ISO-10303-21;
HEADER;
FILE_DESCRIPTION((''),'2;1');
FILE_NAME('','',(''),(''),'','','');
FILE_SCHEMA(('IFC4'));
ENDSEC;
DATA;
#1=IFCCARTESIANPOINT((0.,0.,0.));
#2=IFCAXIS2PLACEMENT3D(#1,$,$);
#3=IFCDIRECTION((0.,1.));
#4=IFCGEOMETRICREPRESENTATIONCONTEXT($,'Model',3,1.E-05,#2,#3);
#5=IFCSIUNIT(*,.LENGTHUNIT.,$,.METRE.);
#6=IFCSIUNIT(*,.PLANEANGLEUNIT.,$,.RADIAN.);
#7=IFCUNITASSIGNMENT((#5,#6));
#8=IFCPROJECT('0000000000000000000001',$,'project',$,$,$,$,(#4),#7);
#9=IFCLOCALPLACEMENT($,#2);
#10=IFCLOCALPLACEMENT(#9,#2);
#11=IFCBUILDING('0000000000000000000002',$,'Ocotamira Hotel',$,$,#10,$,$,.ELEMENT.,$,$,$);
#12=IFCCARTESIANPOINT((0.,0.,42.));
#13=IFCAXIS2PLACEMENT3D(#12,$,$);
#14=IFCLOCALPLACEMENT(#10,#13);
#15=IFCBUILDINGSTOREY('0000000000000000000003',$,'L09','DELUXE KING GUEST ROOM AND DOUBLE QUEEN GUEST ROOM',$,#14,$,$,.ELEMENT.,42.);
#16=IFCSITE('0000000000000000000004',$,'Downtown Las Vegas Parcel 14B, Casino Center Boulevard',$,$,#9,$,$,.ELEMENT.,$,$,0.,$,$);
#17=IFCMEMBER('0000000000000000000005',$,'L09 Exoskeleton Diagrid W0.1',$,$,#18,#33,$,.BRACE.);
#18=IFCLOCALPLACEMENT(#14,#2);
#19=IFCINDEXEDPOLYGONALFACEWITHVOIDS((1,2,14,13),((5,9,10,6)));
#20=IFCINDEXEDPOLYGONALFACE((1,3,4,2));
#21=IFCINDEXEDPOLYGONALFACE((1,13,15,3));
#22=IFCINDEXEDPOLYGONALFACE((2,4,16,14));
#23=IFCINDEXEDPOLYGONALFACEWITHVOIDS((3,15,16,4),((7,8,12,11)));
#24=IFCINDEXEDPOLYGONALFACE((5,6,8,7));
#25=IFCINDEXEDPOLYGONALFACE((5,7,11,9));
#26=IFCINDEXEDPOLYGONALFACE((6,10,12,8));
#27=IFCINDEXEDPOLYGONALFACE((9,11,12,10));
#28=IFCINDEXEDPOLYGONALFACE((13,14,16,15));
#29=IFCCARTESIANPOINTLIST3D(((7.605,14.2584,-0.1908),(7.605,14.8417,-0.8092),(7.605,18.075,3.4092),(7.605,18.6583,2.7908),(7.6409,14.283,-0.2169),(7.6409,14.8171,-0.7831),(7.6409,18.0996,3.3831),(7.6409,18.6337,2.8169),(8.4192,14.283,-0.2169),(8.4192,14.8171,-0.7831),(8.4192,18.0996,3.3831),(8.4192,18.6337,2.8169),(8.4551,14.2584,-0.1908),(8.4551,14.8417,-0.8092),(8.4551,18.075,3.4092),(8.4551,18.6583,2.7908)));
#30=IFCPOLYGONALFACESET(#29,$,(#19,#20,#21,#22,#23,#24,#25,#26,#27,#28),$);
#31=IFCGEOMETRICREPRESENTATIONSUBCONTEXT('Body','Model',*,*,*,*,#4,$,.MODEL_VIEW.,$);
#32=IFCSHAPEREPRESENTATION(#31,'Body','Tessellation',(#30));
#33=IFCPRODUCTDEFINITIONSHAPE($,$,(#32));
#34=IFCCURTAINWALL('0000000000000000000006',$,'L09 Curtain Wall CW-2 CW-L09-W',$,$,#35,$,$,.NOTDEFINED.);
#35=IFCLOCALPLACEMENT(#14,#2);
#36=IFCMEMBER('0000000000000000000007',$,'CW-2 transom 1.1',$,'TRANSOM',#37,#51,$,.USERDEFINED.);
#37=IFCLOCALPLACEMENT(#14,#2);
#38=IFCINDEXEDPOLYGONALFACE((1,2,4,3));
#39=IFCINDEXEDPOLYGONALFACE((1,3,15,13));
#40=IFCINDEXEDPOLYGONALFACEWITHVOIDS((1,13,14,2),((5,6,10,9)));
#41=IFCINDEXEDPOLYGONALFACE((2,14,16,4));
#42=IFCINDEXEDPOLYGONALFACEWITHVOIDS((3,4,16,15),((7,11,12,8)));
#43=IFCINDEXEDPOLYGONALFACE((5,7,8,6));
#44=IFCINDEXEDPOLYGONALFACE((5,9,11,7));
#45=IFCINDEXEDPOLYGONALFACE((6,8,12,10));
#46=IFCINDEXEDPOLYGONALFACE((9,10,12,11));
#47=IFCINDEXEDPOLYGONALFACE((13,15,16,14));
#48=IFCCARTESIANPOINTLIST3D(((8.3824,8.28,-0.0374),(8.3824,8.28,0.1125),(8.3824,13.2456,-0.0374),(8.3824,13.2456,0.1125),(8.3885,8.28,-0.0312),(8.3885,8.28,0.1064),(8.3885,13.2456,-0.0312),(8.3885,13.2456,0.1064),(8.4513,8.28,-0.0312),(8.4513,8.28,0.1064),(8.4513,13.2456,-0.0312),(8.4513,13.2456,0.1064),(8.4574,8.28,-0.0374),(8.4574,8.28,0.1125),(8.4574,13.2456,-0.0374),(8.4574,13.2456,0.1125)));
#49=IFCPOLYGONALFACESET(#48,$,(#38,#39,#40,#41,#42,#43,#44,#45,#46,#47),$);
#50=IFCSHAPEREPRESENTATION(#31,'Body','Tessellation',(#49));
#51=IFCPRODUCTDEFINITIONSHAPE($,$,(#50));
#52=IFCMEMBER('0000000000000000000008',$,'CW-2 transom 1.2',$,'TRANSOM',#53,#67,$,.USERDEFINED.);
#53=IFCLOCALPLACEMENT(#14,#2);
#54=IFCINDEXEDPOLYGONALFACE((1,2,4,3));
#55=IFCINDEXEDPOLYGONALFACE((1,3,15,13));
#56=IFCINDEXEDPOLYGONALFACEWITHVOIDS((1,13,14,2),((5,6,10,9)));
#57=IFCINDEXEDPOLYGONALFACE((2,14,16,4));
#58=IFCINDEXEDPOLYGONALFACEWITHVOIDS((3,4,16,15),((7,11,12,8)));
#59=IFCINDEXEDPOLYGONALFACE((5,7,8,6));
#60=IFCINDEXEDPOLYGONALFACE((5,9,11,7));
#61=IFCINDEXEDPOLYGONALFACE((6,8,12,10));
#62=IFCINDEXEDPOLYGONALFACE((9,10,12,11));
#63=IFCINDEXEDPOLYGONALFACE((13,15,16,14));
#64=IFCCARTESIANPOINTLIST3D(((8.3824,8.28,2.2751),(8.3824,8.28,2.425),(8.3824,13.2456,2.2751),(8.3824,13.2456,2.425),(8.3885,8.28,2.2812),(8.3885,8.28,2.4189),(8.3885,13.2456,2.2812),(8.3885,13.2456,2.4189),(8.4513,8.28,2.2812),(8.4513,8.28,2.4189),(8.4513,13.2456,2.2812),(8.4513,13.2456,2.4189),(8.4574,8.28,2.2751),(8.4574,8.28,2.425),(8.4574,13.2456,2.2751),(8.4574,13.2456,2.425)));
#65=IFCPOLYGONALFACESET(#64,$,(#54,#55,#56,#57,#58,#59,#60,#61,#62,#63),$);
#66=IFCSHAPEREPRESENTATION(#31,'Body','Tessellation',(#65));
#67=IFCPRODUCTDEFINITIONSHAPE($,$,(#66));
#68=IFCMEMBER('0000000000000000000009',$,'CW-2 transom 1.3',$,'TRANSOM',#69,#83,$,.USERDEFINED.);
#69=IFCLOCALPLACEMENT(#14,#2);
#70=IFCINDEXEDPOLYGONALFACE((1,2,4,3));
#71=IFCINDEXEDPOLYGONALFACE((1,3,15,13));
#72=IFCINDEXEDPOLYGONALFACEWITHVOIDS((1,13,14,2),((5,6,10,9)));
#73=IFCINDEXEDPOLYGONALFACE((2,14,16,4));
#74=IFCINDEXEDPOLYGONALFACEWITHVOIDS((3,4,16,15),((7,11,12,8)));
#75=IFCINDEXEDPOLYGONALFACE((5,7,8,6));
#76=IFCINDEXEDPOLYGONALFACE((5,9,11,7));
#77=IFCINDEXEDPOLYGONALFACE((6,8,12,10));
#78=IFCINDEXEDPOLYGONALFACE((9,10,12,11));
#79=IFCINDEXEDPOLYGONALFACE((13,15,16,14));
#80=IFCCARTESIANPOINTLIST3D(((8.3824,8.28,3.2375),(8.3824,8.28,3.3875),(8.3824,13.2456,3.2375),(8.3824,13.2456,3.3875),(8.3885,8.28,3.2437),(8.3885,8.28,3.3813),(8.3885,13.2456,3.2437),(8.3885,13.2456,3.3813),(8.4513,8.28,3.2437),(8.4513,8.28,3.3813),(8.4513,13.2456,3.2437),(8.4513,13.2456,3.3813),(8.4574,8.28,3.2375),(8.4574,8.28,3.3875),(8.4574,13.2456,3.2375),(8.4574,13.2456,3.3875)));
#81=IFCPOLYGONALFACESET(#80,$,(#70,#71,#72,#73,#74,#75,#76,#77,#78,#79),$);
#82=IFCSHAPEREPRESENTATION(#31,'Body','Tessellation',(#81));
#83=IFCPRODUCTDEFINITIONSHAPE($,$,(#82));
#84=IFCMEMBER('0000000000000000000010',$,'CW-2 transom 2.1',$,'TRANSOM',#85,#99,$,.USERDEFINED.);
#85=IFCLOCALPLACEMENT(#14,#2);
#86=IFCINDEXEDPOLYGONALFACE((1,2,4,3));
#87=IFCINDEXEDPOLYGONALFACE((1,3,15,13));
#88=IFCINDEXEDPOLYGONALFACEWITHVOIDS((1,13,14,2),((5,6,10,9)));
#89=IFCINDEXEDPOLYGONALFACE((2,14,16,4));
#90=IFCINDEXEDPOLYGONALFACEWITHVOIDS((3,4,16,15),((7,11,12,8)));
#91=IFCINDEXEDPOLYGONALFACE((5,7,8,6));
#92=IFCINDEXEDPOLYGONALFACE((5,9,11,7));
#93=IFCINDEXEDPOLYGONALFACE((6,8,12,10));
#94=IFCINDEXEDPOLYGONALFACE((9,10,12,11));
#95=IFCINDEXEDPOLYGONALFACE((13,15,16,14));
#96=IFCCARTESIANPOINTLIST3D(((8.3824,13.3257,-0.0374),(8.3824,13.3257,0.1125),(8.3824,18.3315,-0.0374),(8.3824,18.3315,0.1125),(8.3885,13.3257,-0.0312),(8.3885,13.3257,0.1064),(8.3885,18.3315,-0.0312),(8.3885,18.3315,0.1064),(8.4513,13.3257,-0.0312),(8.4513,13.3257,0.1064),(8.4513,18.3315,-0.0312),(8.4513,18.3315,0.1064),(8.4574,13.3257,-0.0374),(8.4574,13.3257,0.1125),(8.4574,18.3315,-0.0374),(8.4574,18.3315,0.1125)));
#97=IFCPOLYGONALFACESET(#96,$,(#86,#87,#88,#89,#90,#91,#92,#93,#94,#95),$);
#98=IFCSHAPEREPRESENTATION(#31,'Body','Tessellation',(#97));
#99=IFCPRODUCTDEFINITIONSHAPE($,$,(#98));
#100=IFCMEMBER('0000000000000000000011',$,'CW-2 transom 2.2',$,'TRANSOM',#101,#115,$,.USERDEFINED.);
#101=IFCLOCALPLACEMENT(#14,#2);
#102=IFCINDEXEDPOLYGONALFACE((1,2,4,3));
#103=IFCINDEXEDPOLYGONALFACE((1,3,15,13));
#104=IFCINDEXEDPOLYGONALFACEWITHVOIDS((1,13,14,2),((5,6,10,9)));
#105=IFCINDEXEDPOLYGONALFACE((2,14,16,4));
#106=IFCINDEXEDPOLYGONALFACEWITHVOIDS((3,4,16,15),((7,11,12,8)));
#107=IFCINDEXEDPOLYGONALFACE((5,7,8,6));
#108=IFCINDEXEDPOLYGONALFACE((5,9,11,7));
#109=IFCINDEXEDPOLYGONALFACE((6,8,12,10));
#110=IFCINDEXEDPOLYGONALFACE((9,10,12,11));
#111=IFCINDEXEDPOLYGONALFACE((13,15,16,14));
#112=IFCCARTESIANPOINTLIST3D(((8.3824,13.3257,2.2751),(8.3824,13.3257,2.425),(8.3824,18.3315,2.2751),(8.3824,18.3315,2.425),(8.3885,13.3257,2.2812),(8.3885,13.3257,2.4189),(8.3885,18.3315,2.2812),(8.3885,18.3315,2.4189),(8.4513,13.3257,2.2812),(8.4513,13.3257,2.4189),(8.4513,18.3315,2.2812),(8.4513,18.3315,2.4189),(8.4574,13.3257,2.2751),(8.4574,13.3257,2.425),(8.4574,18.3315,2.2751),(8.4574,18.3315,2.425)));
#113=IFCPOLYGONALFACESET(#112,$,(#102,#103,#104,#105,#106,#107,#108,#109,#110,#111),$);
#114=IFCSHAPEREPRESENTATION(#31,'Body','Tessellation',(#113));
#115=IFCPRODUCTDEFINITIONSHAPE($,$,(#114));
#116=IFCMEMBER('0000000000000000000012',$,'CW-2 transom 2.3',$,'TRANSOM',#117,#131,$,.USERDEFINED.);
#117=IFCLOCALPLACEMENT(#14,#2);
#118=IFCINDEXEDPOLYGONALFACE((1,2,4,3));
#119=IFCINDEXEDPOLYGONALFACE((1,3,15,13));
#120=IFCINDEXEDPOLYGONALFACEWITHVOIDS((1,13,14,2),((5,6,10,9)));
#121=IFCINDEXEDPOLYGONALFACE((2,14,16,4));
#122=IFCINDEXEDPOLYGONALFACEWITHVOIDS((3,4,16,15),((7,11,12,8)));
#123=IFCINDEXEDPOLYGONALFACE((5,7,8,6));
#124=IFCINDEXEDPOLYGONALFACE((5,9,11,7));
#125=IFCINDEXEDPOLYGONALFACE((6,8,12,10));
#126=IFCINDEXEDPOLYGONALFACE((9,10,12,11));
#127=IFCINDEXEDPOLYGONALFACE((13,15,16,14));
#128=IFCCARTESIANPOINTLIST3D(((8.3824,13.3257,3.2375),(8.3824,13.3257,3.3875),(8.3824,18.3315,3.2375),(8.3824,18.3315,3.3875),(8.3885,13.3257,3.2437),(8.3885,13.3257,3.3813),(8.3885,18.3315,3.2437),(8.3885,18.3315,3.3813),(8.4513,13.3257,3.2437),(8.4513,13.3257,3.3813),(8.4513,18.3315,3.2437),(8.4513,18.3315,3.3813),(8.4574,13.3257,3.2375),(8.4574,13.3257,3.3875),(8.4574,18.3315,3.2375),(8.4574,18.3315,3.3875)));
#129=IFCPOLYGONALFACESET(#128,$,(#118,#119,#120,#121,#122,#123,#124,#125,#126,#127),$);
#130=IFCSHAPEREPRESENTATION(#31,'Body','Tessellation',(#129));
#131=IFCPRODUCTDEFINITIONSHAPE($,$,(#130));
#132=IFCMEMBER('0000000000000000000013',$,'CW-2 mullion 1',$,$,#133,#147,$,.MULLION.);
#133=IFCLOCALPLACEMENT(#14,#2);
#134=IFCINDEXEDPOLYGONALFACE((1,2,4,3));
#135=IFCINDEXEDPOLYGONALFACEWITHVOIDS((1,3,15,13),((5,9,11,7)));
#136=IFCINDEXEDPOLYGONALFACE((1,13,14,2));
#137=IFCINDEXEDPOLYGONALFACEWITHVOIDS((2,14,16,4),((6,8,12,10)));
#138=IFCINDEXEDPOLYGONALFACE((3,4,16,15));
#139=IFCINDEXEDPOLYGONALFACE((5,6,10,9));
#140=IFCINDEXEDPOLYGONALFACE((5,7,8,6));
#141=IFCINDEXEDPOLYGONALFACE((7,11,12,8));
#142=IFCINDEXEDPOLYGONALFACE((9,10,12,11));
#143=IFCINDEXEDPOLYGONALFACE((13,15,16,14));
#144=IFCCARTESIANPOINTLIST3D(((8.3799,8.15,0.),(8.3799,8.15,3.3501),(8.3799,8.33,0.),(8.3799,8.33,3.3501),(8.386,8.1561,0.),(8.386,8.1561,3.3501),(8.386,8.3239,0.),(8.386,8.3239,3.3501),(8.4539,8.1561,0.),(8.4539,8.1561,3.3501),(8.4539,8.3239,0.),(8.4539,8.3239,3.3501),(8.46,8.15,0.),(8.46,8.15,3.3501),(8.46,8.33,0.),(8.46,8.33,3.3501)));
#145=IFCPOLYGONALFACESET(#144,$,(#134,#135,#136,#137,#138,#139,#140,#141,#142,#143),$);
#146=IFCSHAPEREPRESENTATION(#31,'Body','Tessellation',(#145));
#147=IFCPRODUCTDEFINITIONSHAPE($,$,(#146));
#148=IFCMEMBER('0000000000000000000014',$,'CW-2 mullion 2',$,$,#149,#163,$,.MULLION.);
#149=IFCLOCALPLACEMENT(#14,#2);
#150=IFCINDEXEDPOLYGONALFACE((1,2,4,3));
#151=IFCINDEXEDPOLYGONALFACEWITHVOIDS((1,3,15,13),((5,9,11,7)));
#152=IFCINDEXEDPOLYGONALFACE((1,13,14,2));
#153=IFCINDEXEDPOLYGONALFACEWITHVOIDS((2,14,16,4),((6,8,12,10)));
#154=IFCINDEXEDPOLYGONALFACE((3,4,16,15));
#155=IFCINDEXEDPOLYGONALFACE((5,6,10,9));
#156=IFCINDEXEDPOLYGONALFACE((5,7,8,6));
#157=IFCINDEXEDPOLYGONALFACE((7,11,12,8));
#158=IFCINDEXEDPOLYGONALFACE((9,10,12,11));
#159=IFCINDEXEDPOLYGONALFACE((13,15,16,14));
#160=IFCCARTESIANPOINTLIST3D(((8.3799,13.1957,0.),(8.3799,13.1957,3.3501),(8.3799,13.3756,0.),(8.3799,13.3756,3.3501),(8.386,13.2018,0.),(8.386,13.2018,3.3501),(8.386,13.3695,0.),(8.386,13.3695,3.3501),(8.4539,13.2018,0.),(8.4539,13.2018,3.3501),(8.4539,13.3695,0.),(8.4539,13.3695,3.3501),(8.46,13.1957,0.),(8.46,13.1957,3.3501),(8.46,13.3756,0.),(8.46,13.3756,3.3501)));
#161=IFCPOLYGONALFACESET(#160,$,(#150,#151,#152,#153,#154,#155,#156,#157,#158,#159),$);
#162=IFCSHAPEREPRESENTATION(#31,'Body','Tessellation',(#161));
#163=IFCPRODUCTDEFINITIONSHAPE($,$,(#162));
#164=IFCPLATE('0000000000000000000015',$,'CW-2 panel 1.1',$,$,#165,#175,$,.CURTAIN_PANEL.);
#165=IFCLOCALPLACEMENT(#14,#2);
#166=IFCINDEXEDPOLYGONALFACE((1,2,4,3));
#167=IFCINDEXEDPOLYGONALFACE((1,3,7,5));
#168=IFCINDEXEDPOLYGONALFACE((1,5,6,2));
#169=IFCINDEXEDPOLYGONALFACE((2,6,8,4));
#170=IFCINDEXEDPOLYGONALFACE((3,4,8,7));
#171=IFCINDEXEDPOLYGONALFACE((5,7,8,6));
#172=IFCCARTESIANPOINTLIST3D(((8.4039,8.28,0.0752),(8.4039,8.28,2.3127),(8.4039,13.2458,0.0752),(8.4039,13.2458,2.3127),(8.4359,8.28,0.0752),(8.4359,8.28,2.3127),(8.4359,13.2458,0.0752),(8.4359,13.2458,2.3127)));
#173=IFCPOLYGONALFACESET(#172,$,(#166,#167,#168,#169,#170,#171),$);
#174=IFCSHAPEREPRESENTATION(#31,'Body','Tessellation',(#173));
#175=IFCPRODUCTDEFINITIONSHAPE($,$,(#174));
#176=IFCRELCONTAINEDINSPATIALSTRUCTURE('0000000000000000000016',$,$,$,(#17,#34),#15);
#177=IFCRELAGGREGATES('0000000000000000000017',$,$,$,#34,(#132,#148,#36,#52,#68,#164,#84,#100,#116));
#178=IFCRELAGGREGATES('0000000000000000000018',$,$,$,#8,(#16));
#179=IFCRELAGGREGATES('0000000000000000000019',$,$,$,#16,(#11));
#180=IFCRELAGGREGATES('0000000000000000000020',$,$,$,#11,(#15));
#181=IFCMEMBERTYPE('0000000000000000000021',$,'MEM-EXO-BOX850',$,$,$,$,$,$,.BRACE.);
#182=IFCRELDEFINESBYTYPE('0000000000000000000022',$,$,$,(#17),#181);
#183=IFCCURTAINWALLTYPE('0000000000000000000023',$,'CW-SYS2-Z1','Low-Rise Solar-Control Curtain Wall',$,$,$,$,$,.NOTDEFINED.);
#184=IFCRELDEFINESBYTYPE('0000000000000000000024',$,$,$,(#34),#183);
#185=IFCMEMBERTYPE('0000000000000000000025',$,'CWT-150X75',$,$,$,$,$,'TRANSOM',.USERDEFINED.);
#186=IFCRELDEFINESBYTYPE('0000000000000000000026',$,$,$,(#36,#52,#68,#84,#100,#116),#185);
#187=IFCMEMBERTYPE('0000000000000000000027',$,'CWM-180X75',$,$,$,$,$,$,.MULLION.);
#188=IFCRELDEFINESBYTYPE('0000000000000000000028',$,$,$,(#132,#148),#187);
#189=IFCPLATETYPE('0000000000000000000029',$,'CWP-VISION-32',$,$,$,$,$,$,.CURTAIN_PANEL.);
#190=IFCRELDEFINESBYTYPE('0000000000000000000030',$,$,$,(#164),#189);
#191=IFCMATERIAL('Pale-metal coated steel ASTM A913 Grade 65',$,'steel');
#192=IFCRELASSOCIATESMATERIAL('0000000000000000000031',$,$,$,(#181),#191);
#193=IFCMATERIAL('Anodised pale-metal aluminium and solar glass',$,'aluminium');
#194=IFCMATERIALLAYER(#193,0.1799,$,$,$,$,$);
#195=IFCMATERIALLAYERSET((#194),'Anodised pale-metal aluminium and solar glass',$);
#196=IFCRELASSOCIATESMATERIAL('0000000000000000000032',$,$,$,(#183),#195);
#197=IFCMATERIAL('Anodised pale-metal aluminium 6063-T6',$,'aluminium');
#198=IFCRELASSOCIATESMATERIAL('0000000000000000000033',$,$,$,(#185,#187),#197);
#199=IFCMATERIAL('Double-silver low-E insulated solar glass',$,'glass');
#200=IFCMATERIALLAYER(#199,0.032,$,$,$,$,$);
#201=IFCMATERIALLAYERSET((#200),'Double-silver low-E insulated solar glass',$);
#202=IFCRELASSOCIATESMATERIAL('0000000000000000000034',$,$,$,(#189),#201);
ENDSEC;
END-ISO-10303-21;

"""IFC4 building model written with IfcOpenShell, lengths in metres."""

from ifc_helpers import new_model, si_unit, direction, frame, origin, origin_2d, place, context, subcontext, project, spatial, rectangle, hollow_rectangle, extrude, source, transform, mapped, material, layer, layer_set, material_profile, profile_set, type_object, element, aggregate, save


model = new_model("IFC4")

# Units and contexts
model_context = context("Model", 3, precision=1e-05, world=origin(), true_north=direction((0.0, 1.0)))
body_context = subcontext(model_context, "Body", "Model", "MODEL_VIEW")
ifc_project = project(units=[si_unit("LENGTHUNIT", "METRE"), si_unit("PLANEANGLEUNIT", "RADIAN")], contexts=[model_context])

# Site, building, storey
site_placement = place(None, origin())
site = spatial("IfcSite", under=ifc_project, at=site_placement, Name="Downtown Las Vegas Parcel 14B, Casino Center Boulevard", CompositionType="ELEMENT", RefElevation=0.0)
building_placement = place(site_placement, origin())
building = spatial("IfcBuilding", under=site, at=building_placement, Name="Ocotamira Hotel", CompositionType="ELEMENT")
storey_placement = place(building_placement, frame((0.0, 0.0, 42.0)))
storey = spatial("IfcBuildingStorey", under=building, at=storey_placement, Name="L09", Description="DELUXE KING GUEST ROOM AND DOUBLE QUEEN GUEST ROOM", CompositionType="ELEMENT", Elevation=42.0)

# Member
ifc_material_1 = material(Name="Pale-metal coated steel ASTM A913 Grade 65", Category="steel")
ifc_material_profile_1 = material_profile(ifc_material_1, hollow_rectangle(XDim=0.8501, YDim=0.8501, WallThickness=0.0359, at=origin_2d()), Name="BOX850X850X36")
ifc_profile_set_1 = profile_set([ifc_material_profile_1], Name="Pale-metal coated steel ASTM A913 Grade 65")
member_type_1 = type_object("IfcMemberType", Name="MEM-EXO-BOX850", PredefinedType="BRACE", material=ifc_profile_set_1)
shared_shape_1 = source(origin(), body_context, "Body", "SweptSolid", [
    extrude(hollow_rectangle(XDim=0.8501, YDim=0.8501, WallThickness=0.0359, at=origin_2d()), origin(), (0.0, 0.0, 1.0), 5.2466),
])
member_1_placement = place(storey_placement, frame((8.03, 14.55, -0.5), z_axis=(0.0, 0.727443, 0.686168), x_axis=(-1.0, 0.0, 0.0)))
element("IfcMember", 1, at=member_1_placement, inside=storey, type_object=member_type_1, Name="L09 Exoskeleton Diagrid W0.1", PredefinedType="BRACE", context=body_context, shape_type="MappedRepresentation", body=[
    mapped(shared_shape_1, transform((0.0, 0.0, 0.0), scale=1.0)),
])

# Curtain wall, members, plate
ifc_material_2 = material(Name="Anodised pale-metal aluminium and solar glass", Category="aluminium")
ifc_layer_1 = layer(ifc_material_2, 0.1799)
ifc_layer_set_1 = layer_set([ifc_layer_1], Name="Anodised pale-metal aluminium and solar glass")
curtain_wall_type = type_object("IfcCurtainWallType", Name="CW-SYS2-Z1", Description="Low-Rise Solar-Control Curtain Wall", PredefinedType="NOTDEFINED", material=ifc_layer_set_1)
curtain_wall_placement = place(storey_placement, origin())
curtain_wall = element("IfcCurtainWall", 2, at=curtain_wall_placement, inside=storey, type_object=curtain_wall_type, Name="L09 Curtain Wall CW-2 CW-L09-W", PredefinedType="NOTDEFINED")
ifc_material_3 = material(Name="Anodised pale-metal aluminium 6063-T6", Category="aluminium")
ifc_material_profile_2 = material_profile(ifc_material_3, hollow_rectangle(XDim=0.075, YDim=0.1499, WallThickness=0.0061, at=origin_2d()), Name="HSS150X75X6")
ifc_profile_set_2 = profile_set([ifc_material_profile_2], Name="Anodised pale-metal aluminium 6063-T6")
member_type_2 = type_object("IfcMemberType", Name="CWT-150X75", ElementType="TRANSOM", PredefinedType="USERDEFINED", material=ifc_profile_set_2)
shared_shape_2 = source(origin(), body_context, "Body", "SweptSolid", [
    extrude(hollow_rectangle(XDim=0.075, YDim=0.1499, WallThickness=0.0061, at=origin_2d()), origin(), (0.0, 0.0, 1.0), 4.9656),
])
member_2_placement = place(storey_placement, frame((8.4199, 8.28, 0.0376), z_axis=(0.0, 1.0, 0.0), x_axis=(-1.0, 0.0, 0.0)))
member_2 = element("IfcMember", 3, at=member_2_placement, type_object=member_type_2, Name="CW-2 transom 1.1", ObjectType="TRANSOM", PredefinedType="USERDEFINED", context=body_context, shape_type="MappedRepresentation", body=[
    mapped(shared_shape_2, transform((0.0, 0.0, 0.0), scale=1.0)),
])
member_3_placement = place(storey_placement, frame((8.4199, 8.28, 2.3501), z_axis=(0.0, 1.0, 0.0), x_axis=(-1.0, 0.0, 0.0)))
member_3 = element("IfcMember", 4, at=member_3_placement, type_object=member_type_2, Name="CW-2 transom 1.2", ObjectType="TRANSOM", PredefinedType="USERDEFINED", context=body_context, shape_type="MappedRepresentation", body=[
    mapped(shared_shape_2, transform((0.0, 0.0, 0.0), scale=1.0)),
])
member_4_placement = place(storey_placement, frame((8.4199, 8.28, 3.3125), z_axis=(0.0, 1.0, 0.0), x_axis=(-1.0, 0.0, 0.0)))
member_4 = element("IfcMember", 5, at=member_4_placement, type_object=member_type_2, Name="CW-2 transom 1.3", ObjectType="TRANSOM", PredefinedType="USERDEFINED", context=body_context, shape_type="MappedRepresentation", body=[
    mapped(shared_shape_2, transform((0.0, 0.0, 0.0), scale=1.0)),
])
shared_shape_3 = source(origin(), body_context, "Body", "SweptSolid", [
    extrude(hollow_rectangle(XDim=0.075, YDim=0.1499, WallThickness=0.0061, at=origin_2d()), origin(), (0.0, 0.0, 1.0), 5.0059),
])
member_5_placement = place(storey_placement, frame((8.4199, 13.3257, 0.0376), z_axis=(0.0, 1.0, 0.0), x_axis=(-1.0, 0.0, 0.0)))
member_5 = element("IfcMember", 6, at=member_5_placement, type_object=member_type_2, Name="CW-2 transom 2.1", ObjectType="TRANSOM", PredefinedType="USERDEFINED", context=body_context, shape_type="MappedRepresentation", body=[
    mapped(shared_shape_3, transform((0.0, 0.0, 0.0), scale=1.0)),
])
member_6_placement = place(storey_placement, frame((8.4199, 13.3257, 2.3501), z_axis=(0.0, 1.0, 0.0), x_axis=(-1.0, 0.0, 0.0)))
member_6 = element("IfcMember", 7, at=member_6_placement, type_object=member_type_2, Name="CW-2 transom 2.2", ObjectType="TRANSOM", PredefinedType="USERDEFINED", context=body_context, shape_type="MappedRepresentation", body=[
    mapped(shared_shape_3, transform((0.0, 0.0, 0.0), scale=1.0)),
])
member_7_placement = place(storey_placement, frame((8.4199, 13.3257, 3.3125), z_axis=(0.0, 1.0, 0.0), x_axis=(-1.0, 0.0, 0.0)))
member_7 = element("IfcMember", 8, at=member_7_placement, type_object=member_type_2, Name="CW-2 transom 2.3", ObjectType="TRANSOM", PredefinedType="USERDEFINED", context=body_context, shape_type="MappedRepresentation", body=[
    mapped(shared_shape_3, transform((0.0, 0.0, 0.0), scale=1.0)),
])
ifc_material_profile_3 = material_profile(ifc_material_3, hollow_rectangle(XDim=0.0801, YDim=0.1799, WallThickness=0.0061, at=origin_2d()), Name="HSS180X80X6")
ifc_profile_set_3 = profile_set([ifc_material_profile_3], Name="Anodised pale-metal aluminium 6063-T6")
member_type_3 = type_object("IfcMemberType", Name="CWM-180X75", PredefinedType="MULLION", material=ifc_profile_set_3)
shared_shape_4 = source(origin(), body_context, "Body", "SweptSolid", [
    extrude(hollow_rectangle(XDim=0.0801, YDim=0.1799, WallThickness=0.0061, at=origin_2d()), origin(), (0.0, 0.0, 1.0), 3.3501),
])
member_8_placement = place(storey_placement, frame((8.4199, 8.24, 0.0), z_axis=(0.0, 0.0, 1.0), x_axis=(-1.0, 0.0, 0.0)))
member_8 = element("IfcMember", 9, at=member_8_placement, type_object=member_type_3, Name="CW-2 mullion 1", PredefinedType="MULLION", context=body_context, shape_type="MappedRepresentation", body=[
    mapped(shared_shape_4, transform((0.0, 0.0, 0.0), scale=1.0)),
])
member_9_placement = place(storey_placement, frame((8.4199, 13.2856, 0.0), z_axis=(0.0, 0.0, 1.0), x_axis=(-1.0, 0.0, 0.0)))
member_9 = element("IfcMember", 10, at=member_9_placement, type_object=member_type_3, Name="CW-2 mullion 2", PredefinedType="MULLION", context=body_context, shape_type="MappedRepresentation", body=[
    mapped(shared_shape_4, transform((0.0, 0.0, 0.0), scale=1.0)),
])
ifc_material_4 = material(Name="Double-silver low-E insulated solar glass", Category="glass")
ifc_layer_2 = layer(ifc_material_4, 0.032)
ifc_layer_set_2 = layer_set([ifc_layer_2], Name="Double-silver low-E insulated solar glass")
plate_type = type_object("IfcPlateType", Name="CWP-VISION-32", PredefinedType="CURTAIN_PANEL", material=ifc_layer_set_2)
shared_shape_5 = source(origin(), body_context, "Body", "SweptSolid", [
    extrude(rectangle(XDim=4.9658, YDim=0.032, at=origin_2d()), origin(), (0.0, 0.0, 1.0), 2.2375),
])
plate_1_placement = place(storey_placement, frame((8.4199, 10.7629, 0.0752), z_axis=(0.0, 0.0, 1.0), x_axis=(0.0, 1.0, 0.0)))
plate_1 = element("IfcPlate", 11, at=plate_1_placement, type_object=plate_type, Name="CW-2 panel 1.1", PredefinedType="CURTAIN_PANEL", context=body_context, shape_type="MappedRepresentation", body=[
    mapped(shared_shape_5, transform((0.0, 0.0, 0.0), scale=1.0)),
])
aggregate(curtain_wall, [member_8, member_9, member_2, member_3, member_4, plate_1, member_5, member_6, member_7])

save(model, "model.ifc")
